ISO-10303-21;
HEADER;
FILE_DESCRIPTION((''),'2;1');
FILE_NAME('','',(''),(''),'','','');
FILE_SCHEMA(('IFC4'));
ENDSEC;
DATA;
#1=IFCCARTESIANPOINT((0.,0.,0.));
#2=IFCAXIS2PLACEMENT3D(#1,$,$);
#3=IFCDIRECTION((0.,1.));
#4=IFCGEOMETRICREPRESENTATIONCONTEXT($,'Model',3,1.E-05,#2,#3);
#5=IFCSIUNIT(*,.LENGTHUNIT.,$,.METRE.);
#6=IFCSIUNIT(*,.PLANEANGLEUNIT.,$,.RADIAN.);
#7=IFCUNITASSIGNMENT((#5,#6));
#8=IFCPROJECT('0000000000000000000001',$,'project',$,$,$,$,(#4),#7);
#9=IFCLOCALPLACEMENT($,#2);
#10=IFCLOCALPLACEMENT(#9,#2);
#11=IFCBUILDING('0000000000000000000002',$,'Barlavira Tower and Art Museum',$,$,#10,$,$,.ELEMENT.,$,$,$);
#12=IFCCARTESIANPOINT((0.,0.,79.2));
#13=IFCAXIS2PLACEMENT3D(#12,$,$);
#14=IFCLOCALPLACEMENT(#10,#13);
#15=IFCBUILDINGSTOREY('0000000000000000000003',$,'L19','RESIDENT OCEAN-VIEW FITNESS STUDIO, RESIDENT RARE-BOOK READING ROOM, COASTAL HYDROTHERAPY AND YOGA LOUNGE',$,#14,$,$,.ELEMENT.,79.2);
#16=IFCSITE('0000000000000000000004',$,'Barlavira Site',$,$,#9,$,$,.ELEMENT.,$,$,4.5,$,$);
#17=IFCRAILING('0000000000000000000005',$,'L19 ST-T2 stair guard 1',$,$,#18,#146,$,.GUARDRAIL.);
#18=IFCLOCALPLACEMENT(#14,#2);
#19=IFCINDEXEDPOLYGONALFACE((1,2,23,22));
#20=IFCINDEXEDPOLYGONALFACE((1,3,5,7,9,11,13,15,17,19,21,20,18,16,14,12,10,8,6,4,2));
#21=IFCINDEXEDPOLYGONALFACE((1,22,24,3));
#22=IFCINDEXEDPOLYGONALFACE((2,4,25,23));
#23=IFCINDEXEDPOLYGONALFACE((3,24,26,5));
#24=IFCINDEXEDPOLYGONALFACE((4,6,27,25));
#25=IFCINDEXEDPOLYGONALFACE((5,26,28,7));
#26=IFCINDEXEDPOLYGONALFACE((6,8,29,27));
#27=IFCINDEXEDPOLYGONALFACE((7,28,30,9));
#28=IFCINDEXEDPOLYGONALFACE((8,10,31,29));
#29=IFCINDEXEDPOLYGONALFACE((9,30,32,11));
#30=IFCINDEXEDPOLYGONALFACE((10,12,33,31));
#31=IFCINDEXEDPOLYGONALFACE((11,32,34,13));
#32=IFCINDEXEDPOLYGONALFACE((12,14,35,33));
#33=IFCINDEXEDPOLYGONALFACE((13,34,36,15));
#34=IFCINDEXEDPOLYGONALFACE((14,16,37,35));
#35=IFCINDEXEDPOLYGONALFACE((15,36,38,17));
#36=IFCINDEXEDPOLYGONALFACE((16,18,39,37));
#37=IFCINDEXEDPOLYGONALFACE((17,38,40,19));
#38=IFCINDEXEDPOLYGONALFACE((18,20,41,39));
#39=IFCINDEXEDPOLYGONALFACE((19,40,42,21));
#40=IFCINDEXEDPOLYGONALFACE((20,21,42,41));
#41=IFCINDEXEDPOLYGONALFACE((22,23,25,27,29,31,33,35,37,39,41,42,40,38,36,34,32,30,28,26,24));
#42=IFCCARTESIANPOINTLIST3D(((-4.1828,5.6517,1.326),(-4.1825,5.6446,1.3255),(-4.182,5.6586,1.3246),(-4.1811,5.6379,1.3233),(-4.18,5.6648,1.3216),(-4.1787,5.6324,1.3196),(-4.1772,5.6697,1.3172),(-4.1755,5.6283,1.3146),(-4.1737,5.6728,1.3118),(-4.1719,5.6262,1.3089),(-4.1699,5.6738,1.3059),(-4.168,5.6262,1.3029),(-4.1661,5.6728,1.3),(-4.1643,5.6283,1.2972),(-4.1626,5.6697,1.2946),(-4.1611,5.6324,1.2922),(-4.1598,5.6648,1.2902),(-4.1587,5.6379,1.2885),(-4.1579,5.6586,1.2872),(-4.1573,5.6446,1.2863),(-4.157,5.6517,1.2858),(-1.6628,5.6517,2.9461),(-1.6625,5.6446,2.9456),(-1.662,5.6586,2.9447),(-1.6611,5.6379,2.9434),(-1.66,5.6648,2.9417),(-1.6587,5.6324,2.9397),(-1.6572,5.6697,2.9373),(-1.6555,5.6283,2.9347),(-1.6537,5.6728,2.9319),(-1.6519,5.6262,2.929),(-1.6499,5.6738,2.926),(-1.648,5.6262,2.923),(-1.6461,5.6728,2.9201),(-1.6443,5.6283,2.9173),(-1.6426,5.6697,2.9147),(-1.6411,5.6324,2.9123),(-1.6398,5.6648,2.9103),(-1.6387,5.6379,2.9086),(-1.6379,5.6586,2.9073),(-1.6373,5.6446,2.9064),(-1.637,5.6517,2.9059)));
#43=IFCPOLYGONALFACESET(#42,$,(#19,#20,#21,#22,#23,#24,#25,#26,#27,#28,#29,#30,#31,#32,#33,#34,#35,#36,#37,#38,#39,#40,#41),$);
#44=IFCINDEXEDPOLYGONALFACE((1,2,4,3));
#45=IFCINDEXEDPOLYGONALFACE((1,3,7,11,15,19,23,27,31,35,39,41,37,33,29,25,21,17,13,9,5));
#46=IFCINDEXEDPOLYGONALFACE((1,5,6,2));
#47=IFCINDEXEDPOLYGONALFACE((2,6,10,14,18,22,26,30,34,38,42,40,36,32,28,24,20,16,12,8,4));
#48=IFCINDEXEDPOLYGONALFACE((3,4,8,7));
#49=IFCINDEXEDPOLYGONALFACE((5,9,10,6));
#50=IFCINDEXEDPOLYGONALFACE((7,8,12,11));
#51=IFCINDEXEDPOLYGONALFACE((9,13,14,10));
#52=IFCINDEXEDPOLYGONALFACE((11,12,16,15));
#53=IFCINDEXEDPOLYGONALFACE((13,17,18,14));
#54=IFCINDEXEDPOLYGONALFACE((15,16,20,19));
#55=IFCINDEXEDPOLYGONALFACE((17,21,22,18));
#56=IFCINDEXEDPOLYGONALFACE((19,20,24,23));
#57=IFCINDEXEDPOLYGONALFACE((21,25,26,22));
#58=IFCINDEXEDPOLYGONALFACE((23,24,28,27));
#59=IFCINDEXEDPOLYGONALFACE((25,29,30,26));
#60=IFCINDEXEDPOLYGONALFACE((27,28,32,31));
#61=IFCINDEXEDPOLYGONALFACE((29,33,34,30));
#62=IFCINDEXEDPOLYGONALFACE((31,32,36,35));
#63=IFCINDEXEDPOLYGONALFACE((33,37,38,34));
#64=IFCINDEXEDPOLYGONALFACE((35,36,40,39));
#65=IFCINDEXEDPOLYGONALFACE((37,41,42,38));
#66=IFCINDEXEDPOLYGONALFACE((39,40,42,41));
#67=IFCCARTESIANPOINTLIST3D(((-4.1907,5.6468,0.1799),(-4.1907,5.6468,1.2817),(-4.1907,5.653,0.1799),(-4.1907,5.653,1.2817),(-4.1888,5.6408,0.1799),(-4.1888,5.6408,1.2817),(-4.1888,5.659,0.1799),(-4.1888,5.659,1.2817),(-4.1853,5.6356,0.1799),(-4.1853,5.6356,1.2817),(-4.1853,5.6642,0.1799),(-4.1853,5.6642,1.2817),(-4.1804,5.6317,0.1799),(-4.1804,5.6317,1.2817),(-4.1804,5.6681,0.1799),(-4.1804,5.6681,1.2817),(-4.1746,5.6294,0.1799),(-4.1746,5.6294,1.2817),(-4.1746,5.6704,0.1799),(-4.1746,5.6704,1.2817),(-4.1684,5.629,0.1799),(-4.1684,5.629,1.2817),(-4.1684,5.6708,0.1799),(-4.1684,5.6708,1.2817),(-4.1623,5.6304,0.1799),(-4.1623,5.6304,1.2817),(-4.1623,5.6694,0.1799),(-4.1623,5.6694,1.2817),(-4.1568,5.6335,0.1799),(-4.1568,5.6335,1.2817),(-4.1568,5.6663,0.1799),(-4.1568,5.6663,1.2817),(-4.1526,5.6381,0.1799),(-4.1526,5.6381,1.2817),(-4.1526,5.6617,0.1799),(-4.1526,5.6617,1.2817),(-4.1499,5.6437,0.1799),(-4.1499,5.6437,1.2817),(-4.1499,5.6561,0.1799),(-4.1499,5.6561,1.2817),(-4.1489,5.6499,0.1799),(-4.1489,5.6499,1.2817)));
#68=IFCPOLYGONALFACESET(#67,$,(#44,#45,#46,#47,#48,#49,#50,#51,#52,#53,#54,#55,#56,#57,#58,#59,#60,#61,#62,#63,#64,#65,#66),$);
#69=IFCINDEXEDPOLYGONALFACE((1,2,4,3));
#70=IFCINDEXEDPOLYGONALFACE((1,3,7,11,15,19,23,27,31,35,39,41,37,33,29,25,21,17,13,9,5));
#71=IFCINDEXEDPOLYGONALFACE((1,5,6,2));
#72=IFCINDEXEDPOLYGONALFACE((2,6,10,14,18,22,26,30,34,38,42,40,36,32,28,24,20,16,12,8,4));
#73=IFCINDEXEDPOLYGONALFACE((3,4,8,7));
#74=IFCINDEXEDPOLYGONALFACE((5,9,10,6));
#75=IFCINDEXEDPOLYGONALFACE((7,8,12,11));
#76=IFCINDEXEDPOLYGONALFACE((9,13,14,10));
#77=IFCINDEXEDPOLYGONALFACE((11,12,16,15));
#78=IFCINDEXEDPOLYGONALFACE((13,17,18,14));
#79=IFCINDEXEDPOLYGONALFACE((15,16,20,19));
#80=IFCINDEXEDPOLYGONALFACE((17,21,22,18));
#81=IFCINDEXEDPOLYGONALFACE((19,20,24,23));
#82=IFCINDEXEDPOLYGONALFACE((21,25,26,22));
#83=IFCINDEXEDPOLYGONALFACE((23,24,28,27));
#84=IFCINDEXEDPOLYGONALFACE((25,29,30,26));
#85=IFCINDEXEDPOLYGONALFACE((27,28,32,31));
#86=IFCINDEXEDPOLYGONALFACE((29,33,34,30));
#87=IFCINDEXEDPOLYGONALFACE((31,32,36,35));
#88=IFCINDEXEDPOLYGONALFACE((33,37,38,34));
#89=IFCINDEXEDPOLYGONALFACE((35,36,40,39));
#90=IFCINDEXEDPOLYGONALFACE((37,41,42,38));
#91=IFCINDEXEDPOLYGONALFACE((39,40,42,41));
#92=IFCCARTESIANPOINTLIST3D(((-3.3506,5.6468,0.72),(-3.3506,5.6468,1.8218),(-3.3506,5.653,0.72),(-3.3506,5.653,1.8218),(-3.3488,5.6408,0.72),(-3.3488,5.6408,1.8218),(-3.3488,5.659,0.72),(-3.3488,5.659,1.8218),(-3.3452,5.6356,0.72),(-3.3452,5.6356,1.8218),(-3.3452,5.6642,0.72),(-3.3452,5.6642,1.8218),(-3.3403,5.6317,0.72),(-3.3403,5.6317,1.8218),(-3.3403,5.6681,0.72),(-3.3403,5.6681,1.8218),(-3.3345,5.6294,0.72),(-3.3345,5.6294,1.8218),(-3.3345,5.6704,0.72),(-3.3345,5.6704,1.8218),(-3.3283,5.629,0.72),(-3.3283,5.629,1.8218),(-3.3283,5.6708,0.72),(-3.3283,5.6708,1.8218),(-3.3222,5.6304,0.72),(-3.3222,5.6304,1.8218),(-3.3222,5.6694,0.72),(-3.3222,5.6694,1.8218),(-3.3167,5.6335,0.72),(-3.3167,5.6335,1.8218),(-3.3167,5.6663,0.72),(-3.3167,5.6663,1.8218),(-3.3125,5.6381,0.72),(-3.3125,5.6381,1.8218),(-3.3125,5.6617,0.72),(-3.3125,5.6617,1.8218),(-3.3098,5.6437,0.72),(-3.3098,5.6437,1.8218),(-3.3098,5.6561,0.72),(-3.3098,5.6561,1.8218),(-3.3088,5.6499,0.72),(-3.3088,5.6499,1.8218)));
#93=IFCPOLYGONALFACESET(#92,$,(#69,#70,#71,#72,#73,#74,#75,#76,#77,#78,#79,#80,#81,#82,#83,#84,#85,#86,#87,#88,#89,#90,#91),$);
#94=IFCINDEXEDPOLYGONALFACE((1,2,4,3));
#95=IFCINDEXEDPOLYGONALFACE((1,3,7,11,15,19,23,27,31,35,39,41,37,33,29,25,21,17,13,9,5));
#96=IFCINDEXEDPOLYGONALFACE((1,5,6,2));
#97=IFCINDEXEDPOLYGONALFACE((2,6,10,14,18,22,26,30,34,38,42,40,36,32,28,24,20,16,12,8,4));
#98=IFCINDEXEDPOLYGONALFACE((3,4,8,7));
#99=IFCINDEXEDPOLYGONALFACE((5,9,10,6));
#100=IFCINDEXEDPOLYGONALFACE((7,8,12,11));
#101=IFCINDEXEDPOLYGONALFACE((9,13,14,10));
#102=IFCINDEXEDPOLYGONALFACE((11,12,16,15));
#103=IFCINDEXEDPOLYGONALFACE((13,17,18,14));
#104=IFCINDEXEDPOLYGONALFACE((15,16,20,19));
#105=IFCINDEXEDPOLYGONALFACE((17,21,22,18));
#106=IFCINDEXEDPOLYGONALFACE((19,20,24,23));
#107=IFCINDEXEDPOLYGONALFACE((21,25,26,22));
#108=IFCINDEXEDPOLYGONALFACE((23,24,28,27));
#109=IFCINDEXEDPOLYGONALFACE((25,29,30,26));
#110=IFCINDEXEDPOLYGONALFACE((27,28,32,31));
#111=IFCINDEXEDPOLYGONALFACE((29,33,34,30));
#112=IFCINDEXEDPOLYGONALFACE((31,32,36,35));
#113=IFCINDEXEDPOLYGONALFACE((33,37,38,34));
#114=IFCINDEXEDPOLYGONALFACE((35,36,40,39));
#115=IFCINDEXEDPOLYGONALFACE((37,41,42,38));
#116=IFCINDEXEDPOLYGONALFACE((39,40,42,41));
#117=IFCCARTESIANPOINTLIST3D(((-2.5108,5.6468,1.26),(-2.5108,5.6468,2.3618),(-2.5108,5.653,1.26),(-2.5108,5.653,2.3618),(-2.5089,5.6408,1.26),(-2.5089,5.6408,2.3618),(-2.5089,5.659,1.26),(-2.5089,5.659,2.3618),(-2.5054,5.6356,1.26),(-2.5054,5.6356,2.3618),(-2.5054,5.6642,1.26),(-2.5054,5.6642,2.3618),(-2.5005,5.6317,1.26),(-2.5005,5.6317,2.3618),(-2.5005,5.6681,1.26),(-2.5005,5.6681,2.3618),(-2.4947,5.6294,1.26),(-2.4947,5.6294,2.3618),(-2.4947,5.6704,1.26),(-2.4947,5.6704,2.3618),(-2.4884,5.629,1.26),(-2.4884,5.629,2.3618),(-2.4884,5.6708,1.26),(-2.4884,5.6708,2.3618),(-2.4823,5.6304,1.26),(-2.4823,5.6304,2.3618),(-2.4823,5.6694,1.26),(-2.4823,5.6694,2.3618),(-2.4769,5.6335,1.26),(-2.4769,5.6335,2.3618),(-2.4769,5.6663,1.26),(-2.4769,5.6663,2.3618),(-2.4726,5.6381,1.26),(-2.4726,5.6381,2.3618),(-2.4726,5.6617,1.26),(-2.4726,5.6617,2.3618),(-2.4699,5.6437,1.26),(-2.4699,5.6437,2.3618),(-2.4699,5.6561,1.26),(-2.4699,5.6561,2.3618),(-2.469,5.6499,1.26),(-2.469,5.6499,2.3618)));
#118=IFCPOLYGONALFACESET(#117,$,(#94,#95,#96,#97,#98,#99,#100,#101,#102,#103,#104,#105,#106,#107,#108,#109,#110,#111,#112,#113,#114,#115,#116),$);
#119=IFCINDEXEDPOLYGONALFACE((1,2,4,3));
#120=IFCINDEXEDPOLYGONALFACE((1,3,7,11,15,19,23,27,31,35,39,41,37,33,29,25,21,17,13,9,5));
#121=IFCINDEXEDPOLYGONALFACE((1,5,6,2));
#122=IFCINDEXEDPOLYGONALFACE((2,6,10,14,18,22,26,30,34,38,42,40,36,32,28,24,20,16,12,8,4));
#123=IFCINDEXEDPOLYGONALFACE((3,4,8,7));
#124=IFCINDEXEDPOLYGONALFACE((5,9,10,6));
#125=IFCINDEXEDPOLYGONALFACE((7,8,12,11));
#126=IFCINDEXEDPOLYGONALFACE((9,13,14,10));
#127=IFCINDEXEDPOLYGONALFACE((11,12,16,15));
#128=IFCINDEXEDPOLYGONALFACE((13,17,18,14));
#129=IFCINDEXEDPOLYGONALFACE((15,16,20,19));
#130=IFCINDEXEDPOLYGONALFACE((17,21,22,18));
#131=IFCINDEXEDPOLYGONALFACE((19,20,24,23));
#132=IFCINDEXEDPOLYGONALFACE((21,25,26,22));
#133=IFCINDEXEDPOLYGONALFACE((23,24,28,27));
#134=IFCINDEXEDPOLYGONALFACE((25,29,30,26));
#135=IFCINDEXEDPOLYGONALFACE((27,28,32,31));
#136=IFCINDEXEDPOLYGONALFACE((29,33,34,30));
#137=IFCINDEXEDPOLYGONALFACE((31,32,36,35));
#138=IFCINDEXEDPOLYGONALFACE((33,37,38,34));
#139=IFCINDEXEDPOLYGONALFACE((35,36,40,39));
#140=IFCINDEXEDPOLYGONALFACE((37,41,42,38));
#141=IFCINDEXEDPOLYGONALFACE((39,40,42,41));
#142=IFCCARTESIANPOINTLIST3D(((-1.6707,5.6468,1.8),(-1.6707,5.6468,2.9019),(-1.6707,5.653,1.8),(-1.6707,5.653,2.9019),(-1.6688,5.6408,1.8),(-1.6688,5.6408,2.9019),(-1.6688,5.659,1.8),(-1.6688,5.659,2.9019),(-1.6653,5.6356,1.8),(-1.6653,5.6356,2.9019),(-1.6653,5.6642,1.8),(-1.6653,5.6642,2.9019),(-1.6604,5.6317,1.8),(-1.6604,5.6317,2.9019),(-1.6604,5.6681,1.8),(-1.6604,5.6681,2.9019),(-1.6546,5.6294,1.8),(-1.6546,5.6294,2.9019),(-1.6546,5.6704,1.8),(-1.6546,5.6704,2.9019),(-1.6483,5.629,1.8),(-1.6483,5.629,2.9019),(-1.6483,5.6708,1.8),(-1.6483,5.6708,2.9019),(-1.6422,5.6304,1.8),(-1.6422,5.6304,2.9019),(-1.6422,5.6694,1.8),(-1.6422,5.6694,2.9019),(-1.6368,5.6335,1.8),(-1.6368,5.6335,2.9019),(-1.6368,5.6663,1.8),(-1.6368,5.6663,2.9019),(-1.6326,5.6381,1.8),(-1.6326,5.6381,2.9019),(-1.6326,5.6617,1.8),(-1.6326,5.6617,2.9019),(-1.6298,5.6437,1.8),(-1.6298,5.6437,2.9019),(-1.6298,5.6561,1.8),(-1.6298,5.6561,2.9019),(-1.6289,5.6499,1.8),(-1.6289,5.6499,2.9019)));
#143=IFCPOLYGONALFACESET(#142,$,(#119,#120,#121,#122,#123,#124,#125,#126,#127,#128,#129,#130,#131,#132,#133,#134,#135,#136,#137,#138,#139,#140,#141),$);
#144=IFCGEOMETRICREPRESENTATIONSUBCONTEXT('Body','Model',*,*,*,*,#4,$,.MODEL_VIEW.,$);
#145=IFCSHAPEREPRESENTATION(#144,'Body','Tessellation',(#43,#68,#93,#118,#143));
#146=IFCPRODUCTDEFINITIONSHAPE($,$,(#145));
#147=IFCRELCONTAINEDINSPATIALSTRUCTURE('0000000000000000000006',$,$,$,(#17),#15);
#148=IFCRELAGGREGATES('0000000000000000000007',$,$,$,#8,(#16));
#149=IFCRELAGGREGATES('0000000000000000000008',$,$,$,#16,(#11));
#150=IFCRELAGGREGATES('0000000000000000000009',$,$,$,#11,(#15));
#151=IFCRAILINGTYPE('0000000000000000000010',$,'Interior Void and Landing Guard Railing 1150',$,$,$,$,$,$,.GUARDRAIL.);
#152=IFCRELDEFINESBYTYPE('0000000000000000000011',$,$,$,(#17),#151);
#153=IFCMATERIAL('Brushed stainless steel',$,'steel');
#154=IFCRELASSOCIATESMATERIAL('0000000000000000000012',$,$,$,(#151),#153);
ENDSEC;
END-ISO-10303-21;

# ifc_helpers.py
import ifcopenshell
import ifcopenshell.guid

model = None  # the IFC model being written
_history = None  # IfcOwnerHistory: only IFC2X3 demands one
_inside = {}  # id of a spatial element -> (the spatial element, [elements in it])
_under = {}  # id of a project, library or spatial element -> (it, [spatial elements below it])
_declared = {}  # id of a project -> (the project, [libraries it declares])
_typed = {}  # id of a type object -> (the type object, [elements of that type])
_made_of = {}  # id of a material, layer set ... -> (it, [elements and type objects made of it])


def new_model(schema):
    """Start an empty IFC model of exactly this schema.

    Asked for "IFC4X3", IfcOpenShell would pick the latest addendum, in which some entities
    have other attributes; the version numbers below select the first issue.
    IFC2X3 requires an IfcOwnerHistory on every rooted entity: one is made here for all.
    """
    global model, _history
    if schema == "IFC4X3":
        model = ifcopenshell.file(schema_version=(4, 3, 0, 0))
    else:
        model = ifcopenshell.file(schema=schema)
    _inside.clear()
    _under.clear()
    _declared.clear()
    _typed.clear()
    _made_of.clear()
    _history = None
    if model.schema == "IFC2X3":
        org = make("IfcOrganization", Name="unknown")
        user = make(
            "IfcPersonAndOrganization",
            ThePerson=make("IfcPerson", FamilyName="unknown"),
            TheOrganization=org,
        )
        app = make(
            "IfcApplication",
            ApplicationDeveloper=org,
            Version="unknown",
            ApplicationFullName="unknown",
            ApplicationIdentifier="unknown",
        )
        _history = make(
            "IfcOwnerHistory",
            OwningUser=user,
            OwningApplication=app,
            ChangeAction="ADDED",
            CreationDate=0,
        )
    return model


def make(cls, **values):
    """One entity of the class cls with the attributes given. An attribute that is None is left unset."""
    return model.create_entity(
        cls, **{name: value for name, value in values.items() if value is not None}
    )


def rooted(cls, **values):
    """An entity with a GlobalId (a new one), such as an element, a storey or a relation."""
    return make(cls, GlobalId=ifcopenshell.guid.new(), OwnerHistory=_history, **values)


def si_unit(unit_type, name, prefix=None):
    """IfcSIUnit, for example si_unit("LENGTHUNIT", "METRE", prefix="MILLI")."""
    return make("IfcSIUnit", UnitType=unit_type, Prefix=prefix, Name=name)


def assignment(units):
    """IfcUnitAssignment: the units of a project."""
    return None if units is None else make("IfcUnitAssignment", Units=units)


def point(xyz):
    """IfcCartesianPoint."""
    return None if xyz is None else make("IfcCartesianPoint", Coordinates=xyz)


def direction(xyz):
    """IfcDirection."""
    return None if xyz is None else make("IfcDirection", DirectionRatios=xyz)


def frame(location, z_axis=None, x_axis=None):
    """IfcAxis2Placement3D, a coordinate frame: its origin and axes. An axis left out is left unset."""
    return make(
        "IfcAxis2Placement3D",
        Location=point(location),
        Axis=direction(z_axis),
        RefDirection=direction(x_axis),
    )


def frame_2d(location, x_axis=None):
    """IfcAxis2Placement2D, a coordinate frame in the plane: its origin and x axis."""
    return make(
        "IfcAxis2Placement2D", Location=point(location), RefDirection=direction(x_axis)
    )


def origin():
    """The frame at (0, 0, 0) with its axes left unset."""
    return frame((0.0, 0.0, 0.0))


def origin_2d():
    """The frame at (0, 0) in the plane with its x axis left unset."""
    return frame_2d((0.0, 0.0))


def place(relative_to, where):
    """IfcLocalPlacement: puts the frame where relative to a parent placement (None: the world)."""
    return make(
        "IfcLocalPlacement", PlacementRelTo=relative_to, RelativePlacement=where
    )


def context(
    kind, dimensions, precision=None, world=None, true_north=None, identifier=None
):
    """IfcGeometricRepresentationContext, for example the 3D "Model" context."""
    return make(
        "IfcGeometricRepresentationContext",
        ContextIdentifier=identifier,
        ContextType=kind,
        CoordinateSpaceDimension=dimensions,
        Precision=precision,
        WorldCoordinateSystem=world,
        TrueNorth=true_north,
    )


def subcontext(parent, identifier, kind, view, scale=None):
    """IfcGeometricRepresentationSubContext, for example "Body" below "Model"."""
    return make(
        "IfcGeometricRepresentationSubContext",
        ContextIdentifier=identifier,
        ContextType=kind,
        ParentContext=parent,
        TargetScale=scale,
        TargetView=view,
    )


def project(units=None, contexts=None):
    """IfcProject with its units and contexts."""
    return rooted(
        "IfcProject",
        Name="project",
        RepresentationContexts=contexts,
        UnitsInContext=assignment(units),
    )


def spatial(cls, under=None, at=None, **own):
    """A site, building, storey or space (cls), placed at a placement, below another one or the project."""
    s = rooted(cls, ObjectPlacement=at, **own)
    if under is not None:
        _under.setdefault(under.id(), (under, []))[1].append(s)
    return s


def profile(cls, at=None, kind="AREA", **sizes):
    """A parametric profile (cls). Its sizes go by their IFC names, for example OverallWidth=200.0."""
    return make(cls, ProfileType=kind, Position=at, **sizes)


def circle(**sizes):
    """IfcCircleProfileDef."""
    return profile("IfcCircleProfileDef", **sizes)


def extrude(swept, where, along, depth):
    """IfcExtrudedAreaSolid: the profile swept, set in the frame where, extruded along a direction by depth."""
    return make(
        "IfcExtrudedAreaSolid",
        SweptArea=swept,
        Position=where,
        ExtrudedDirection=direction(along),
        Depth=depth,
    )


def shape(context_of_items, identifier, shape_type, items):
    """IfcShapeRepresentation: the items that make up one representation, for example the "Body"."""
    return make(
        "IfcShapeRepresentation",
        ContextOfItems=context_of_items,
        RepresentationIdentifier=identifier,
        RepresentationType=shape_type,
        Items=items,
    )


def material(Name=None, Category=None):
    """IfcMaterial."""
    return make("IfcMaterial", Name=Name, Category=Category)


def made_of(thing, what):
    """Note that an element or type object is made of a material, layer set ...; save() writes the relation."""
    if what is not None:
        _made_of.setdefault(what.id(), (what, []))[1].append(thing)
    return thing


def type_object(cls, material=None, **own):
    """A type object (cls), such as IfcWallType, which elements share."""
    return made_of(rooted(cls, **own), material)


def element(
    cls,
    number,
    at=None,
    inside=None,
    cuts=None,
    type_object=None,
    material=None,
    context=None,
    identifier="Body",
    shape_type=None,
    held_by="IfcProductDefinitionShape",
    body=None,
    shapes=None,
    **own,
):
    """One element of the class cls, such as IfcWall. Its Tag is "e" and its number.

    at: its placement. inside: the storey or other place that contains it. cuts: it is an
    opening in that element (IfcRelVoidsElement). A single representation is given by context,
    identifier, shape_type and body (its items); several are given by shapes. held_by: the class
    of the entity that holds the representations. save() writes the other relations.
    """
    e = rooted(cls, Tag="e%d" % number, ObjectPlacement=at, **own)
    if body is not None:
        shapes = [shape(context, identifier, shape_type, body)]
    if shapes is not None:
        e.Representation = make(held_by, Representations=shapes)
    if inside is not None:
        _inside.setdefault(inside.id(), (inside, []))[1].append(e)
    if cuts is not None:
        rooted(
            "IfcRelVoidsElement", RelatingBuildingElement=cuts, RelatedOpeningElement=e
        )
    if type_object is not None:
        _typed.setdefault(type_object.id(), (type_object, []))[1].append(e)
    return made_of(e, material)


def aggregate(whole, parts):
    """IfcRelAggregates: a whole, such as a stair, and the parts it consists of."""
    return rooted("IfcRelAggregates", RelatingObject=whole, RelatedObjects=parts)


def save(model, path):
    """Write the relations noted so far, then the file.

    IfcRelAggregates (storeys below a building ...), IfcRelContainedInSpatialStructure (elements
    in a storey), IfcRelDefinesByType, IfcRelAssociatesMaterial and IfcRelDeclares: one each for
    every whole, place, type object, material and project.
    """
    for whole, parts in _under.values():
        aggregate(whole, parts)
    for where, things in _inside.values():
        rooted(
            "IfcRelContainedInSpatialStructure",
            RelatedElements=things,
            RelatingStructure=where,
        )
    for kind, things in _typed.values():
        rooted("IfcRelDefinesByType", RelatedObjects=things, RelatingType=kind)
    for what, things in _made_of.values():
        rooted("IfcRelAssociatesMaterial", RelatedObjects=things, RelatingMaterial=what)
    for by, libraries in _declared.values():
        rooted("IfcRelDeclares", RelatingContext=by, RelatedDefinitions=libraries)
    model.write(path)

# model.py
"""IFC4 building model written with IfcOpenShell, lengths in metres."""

from ifc_helpers import new_model, si_unit, direction, frame, origin, origin_2d, place, context, subcontext, project, spatial, circle, extrude, material, type_object, element, save


model = new_model("IFC4")

# Units and contexts
model_context = context("Model", 3, precision=1e-05, world=origin(), true_north=direction((0.0, 1.0)))
body_context = subcontext(model_context, "Body", "Model", "MODEL_VIEW")
ifc_project = project(units=[si_unit("LENGTHUNIT", "METRE"), si_unit("PLANEANGLEUNIT", "RADIAN")], contexts=[model_context])

# Site, building, storey
site_placement = place(None, origin())
site = spatial("IfcSite", under=ifc_project, at=site_placement, Name="Barlavira Site", CompositionType="ELEMENT", RefElevation=4.5)
building_placement = place(site_placement, origin())
building = spatial("IfcBuilding", under=site, at=building_placement, Name="Barlavira Tower and Art Museum", CompositionType="ELEMENT")
storey_placement = place(building_placement, frame((0.0, 0.0, 79.2)))
storey = spatial("IfcBuildingStorey", under=building, at=storey_placement, Name="L19", Description="RESIDENT OCEAN-VIEW FITNESS STUDIO, RESIDENT RARE-BOOK READING ROOM, COASTAL HYDROTHERAPY AND YOGA LOUNGE", CompositionType="ELEMENT", Elevation=79.2)

# Shared definitions
ifc_material_1 = material(Name="Brushed stainless steel", Category="steel")

# Railing
railing_type_1 = type_object("IfcRailingType", Name="Interior Void and Landing Guard Railing 1150", PredefinedType="GUARDRAIL", material=ifc_material_1)
railing_1_placement = place(storey_placement, frame((-4.1699, 5.6499, 0.1799)))
element("IfcRailing", 1, at=railing_1_placement, inside=storey, type_object=railing_type_1, Name="L19 ST-T2 stair guard 1", PredefinedType="GUARDRAIL", context=body_context, shape_type="SweptSolid", body=[
    extrude(circle(Radius=0.0239, at=origin_2d()), frame((0.0, 0.0, 1.126), z_axis=(0.841163, 0.0, 0.540782), x_axis=(0.0, 1.0, 0.0)), (0.0, 0.0, 1.0), 2.9958),
    extrude(circle(Radius=0.021, at=origin_2d()), origin(), (0.0, 0.0, 1.0), 1.1018),
    extrude(circle(Radius=0.021, at=origin_2d()), frame((0.8401, 0.0, 0.54)), (0.0, 0.0, 1.0), 1.1018),
    extrude(circle(Radius=0.021, at=origin_2d()), frame((1.6799, 0.0, 1.0801)), (0.0, 0.0, 1.0), 1.1018),
    extrude(circle(Radius=0.021, at=origin_2d()), frame((2.52, 0.0, 1.6201)), (0.0, 0.0, 1.0), 1.1018),
])

save(model, "model.ifc")
